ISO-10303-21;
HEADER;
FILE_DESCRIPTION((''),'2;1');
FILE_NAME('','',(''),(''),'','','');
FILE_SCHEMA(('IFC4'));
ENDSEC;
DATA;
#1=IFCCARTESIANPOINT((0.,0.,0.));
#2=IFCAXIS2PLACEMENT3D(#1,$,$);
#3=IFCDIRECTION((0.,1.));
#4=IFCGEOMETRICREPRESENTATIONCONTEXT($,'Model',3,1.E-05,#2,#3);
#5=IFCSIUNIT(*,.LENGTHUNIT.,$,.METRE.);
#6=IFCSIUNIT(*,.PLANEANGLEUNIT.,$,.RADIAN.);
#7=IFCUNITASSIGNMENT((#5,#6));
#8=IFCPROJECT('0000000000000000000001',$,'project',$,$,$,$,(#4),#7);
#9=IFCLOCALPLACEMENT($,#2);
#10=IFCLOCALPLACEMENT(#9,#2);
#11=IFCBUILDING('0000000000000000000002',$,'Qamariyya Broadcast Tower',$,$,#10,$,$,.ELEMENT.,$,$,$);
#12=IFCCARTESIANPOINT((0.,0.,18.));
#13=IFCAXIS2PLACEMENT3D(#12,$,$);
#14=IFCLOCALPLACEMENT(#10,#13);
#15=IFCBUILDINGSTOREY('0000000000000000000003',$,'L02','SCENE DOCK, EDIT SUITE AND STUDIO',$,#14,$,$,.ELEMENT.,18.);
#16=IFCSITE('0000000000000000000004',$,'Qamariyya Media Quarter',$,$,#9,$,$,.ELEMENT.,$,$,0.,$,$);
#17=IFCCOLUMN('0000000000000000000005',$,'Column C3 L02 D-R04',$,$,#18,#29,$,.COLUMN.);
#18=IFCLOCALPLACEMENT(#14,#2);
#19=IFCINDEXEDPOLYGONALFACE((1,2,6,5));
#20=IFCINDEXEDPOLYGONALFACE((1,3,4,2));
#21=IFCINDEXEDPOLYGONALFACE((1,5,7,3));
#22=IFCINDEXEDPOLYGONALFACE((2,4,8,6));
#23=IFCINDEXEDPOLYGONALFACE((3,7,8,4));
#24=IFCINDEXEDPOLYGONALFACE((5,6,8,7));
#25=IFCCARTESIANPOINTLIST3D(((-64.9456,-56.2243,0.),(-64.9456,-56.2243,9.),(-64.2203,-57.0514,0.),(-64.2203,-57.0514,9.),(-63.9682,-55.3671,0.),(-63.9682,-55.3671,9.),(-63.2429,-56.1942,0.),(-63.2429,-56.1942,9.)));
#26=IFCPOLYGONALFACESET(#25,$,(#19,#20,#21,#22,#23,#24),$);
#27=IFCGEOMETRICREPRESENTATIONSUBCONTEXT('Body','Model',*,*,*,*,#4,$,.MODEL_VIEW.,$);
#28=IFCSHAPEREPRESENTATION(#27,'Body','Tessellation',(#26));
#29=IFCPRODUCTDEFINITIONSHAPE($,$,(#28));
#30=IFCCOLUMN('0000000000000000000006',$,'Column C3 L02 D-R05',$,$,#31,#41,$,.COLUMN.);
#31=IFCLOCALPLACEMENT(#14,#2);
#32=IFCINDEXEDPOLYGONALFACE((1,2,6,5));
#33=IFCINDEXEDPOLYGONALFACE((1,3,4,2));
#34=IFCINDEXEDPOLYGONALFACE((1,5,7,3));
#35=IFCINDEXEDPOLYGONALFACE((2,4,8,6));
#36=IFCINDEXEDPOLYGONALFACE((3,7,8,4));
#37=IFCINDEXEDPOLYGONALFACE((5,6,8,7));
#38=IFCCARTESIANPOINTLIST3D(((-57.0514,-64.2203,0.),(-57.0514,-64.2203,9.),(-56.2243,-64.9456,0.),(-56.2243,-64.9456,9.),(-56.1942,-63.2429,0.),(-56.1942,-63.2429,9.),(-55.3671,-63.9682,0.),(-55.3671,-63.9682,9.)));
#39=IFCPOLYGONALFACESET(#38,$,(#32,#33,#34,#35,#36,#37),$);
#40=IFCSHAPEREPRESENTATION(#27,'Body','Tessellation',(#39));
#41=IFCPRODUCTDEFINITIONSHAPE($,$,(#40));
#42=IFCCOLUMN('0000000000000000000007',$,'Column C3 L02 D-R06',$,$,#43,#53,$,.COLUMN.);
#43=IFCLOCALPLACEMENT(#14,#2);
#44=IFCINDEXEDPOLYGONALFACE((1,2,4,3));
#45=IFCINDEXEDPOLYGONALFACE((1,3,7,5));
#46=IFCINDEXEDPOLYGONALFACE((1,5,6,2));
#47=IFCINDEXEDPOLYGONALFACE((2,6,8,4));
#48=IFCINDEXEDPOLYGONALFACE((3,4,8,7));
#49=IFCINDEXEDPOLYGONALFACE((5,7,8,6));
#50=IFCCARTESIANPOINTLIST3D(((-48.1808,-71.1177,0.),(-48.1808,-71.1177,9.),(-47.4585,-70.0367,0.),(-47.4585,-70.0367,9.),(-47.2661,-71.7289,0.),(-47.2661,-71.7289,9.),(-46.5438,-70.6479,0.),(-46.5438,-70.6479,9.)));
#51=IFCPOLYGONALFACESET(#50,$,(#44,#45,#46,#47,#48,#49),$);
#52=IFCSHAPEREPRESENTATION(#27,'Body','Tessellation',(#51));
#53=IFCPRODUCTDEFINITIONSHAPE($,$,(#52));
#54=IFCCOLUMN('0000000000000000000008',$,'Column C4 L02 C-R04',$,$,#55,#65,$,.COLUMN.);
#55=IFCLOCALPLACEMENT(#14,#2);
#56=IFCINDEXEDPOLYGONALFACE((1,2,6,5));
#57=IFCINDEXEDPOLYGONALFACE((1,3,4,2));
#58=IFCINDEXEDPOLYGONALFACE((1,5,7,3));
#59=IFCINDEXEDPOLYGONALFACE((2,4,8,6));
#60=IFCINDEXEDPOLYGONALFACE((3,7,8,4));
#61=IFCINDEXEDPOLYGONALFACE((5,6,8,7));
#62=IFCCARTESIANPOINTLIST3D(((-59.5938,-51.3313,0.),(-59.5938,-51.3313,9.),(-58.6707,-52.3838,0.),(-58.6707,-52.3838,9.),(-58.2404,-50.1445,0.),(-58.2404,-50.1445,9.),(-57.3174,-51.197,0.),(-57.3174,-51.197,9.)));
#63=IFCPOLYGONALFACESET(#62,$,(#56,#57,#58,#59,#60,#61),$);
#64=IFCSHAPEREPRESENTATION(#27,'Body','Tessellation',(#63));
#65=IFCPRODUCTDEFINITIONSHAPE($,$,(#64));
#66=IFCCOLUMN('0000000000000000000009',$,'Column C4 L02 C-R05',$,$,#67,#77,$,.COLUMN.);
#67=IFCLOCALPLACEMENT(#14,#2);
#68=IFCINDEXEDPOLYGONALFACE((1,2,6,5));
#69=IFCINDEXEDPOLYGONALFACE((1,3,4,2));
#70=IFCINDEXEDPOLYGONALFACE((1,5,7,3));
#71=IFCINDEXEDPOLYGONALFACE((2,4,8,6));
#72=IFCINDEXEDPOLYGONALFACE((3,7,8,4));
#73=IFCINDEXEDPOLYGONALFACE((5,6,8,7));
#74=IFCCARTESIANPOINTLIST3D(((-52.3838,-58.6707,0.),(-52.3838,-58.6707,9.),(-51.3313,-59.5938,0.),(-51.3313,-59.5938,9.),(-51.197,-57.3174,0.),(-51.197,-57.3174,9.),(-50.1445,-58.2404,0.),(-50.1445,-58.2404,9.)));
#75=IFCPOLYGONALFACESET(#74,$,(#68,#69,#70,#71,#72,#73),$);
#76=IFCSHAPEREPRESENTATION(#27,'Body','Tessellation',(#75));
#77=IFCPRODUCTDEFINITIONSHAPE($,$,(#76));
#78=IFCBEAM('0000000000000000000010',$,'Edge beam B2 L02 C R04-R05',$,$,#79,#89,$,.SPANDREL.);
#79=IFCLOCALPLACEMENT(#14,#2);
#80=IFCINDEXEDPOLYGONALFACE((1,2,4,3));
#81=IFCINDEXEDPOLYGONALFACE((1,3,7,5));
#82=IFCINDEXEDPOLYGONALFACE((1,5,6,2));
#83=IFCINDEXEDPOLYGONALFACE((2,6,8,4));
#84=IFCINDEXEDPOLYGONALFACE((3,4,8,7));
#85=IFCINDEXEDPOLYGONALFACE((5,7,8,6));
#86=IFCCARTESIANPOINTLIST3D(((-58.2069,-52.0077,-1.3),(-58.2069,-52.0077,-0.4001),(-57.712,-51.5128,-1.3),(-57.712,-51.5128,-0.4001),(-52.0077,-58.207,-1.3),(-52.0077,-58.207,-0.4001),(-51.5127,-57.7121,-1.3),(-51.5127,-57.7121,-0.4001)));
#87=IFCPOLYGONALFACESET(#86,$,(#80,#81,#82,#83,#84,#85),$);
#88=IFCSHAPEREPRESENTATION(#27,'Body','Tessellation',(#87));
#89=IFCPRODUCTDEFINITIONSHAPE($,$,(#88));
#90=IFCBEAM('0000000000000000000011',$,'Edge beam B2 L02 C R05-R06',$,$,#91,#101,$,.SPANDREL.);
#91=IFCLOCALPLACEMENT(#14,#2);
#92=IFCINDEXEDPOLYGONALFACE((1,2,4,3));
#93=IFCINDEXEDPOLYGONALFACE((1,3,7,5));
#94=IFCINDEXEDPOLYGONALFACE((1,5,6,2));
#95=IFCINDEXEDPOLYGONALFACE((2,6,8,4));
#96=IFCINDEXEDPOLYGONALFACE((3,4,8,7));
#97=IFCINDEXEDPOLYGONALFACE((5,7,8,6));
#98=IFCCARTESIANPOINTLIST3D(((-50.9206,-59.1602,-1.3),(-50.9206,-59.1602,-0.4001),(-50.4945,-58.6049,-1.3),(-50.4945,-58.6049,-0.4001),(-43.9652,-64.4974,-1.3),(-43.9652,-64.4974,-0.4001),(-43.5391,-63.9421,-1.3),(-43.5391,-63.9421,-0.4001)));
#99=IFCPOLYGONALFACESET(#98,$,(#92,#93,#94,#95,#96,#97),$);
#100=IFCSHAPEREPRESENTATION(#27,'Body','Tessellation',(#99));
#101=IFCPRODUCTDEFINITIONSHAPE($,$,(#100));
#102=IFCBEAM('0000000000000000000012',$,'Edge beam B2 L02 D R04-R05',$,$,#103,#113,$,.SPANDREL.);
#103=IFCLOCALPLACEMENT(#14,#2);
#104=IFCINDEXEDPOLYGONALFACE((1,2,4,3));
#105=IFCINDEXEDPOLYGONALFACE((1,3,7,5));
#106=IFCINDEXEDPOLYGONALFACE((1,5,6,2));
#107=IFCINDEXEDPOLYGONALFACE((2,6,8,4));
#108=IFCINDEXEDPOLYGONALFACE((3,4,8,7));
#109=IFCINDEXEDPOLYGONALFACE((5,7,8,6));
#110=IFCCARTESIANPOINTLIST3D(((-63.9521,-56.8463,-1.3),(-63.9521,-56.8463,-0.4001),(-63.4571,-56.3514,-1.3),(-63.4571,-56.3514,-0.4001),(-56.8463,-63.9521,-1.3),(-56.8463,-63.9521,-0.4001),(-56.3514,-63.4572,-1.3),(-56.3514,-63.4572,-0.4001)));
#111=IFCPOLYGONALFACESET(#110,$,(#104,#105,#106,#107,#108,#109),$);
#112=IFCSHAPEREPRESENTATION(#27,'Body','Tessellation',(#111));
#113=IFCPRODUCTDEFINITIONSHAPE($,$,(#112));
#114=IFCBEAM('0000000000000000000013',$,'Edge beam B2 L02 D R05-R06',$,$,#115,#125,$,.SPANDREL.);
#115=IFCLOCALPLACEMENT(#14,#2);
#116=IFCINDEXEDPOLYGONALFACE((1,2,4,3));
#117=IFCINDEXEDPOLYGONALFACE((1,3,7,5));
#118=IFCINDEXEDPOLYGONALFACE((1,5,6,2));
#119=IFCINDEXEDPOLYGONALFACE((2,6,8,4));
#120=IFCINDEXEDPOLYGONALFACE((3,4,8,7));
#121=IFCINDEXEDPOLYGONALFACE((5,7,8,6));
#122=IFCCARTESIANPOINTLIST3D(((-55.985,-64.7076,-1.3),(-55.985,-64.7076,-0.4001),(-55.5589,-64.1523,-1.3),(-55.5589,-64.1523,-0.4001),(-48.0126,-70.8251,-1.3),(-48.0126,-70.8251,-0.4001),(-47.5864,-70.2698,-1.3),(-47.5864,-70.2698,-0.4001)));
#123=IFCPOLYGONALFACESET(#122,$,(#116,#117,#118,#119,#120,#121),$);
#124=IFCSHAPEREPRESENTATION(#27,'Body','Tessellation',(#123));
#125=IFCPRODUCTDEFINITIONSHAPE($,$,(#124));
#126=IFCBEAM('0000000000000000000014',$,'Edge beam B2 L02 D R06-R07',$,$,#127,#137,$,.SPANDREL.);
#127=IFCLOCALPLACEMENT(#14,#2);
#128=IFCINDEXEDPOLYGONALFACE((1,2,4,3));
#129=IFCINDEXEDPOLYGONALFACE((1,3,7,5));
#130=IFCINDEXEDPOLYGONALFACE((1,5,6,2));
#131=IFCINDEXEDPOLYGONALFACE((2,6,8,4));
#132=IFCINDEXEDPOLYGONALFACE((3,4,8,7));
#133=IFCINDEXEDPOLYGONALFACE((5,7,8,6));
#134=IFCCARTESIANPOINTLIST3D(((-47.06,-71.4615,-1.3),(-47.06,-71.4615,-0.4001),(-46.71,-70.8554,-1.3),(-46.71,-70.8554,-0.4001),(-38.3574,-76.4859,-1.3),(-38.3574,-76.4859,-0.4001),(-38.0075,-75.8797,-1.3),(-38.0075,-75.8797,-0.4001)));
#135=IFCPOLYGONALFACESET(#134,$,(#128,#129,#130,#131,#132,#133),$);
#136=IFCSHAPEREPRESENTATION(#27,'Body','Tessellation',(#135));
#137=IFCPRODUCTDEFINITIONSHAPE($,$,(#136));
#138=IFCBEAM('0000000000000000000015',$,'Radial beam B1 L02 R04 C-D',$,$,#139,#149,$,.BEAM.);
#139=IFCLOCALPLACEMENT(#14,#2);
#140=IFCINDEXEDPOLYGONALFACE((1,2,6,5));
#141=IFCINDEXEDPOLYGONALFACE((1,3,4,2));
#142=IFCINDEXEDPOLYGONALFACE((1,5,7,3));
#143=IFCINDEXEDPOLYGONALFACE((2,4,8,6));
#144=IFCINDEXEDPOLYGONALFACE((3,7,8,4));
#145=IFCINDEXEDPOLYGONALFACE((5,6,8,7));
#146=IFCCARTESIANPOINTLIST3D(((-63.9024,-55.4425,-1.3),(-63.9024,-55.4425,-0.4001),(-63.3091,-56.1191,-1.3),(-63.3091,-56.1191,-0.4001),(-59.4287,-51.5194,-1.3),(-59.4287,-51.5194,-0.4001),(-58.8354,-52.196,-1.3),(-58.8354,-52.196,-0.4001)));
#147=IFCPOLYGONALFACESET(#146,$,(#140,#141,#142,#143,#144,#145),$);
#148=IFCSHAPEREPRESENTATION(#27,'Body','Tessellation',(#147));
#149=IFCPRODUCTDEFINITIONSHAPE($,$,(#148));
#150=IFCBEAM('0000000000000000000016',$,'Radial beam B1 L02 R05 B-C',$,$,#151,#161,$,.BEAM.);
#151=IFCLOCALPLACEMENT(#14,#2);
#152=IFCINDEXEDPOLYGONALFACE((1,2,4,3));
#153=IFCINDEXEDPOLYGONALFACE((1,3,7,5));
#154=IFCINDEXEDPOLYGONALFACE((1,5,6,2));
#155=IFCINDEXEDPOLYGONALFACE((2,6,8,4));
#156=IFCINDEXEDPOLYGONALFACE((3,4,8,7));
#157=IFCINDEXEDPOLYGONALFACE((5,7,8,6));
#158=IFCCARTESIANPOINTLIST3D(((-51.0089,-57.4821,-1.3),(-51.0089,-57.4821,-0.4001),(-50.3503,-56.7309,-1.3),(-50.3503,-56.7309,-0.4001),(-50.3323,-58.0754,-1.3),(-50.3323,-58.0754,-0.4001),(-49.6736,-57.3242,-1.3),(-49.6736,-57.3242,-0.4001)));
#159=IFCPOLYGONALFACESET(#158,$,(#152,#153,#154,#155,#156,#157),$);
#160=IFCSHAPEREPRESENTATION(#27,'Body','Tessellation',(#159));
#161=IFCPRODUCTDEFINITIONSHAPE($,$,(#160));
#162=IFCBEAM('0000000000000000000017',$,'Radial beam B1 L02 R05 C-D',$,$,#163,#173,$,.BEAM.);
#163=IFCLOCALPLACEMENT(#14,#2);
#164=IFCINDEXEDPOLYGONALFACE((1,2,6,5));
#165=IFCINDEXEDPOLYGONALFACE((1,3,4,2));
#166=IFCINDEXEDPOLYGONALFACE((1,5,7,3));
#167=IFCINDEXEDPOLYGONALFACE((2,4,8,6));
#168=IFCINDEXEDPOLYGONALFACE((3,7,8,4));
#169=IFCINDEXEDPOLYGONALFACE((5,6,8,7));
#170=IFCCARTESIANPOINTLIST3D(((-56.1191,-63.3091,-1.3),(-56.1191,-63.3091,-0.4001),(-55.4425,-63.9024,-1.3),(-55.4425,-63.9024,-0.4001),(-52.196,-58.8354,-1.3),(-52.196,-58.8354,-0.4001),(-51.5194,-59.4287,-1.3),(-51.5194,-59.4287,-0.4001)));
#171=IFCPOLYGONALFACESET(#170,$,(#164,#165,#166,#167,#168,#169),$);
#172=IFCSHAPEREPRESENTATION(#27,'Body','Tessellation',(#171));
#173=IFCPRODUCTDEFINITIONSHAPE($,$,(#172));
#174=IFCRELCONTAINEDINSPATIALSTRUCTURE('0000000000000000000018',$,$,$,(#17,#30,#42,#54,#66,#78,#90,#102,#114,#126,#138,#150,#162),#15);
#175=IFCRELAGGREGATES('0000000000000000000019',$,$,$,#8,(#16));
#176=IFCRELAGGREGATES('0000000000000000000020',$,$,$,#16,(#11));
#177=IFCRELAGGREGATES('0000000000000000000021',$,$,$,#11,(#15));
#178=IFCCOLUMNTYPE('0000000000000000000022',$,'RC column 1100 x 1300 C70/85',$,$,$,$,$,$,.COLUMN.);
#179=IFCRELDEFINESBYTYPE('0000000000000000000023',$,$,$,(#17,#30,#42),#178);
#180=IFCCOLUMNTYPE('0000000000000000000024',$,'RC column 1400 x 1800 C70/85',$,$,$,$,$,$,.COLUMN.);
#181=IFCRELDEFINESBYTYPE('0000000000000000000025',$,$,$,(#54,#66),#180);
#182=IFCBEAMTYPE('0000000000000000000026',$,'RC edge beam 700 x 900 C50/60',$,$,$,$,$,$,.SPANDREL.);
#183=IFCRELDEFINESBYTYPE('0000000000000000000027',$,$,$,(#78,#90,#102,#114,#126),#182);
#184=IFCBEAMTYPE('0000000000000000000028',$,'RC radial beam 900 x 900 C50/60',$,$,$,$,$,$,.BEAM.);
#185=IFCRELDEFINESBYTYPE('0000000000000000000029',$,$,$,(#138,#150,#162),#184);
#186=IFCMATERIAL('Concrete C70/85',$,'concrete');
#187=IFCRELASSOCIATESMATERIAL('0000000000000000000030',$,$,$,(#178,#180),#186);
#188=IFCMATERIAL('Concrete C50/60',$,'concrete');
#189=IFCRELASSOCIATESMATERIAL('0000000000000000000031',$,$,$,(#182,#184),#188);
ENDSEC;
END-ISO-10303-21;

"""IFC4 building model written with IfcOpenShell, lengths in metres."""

from ifc_helpers import new_model, si_unit, direction, frame, origin, origin_2d, place, context, subcontext, project, spatial, rectangle, extrude, material, material_profile, profile_set, type_object, element, save


model = new_model("IFC4")

# Units and contexts
model_context = context("Model", 3, precision=1e-05, world=origin(), true_north=direction((0.0, 1.0)))
body_context = subcontext(model_context, "Body", "Model", "MODEL_VIEW")
ifc_project = project(units=[si_unit("LENGTHUNIT", "METRE"), si_unit("PLANEANGLEUNIT", "RADIAN")], contexts=[model_context])

# Site, building, storey
site_placement = place(None, origin())
site = spatial("IfcSite", under=ifc_project, at=site_placement, Name="Qamariyya Media Quarter", CompositionType="ELEMENT", RefElevation=0.0)
building_placement = place(site_placement, origin())
building = spatial("IfcBuilding", under=site, at=building_placement, Name="Qamariyya Broadcast Tower", CompositionType="ELEMENT")
storey_placement = place(building_placement, frame((0.0, 0.0, 18.0)))
storey = spatial("IfcBuildingStorey", under=building, at=storey_placement, Name="L02", Description="SCENE DOCK, EDIT SUITE AND STUDIO", CompositionType="ELEMENT", Elevation=18.0)

# Columns
ifc_material_1 = material(Name="Concrete C70/85", Category="concrete")
ifc_material_profile_1 = material_profile(ifc_material_1, rectangle(XDim=1.1001, YDim=1.3, at=origin_2d()))
ifc_profile_set_1 = profile_set([ifc_material_profile_1], Name="Concrete C70/85")
column_type_1 = type_object("IfcColumnType", Name="RC column 1100 x 1300 C70/85", PredefinedType="COLUMN", material=ifc_profile_set_1)
for number, where, z_axis, x_axis, name in (
    (1, (-64.0942, -56.2092, 0.0), (0.0, 0.0, 1.0), (0.659346, -0.75184, 0.0), "Column C3 L02 D-R04"),
    (2, (-56.2092, -64.0942, 0.0), (0.0, 0.0, 1.0), (0.75184, -0.659346, 0.0), "Column C3 L02 D-R05"),
    (3, (-47.3623, -70.8828, 0.0), (0.0, 0.0, 1.0), (0.83147, -0.55557, 0.0), "Column C3 L02 D-R06"),
):
    element("IfcColumn", number, at=place(storey_placement, frame(where, z_axis=z_axis, x_axis=x_axis)), inside=storey, type_object=column_type_1, Name=name, PredefinedType="COLUMN", context=body_context, shape_type="SweptSolid", body=[
        extrude(rectangle(XDim=1.1001, YDim=1.3, at=origin_2d()), origin(), (0.0, 0.0, 1.0), 9.0),
    ])
ifc_material_profile_2 = material_profile(ifc_material_1, rectangle(XDim=1.3999, YDim=1.8, at=origin_2d()))
ifc_profile_set_2 = profile_set([ifc_material_profile_2], Name="Concrete C70/85")
column_type_2 = type_object("IfcColumnType", Name="RC column 1400 x 1800 C70/85", PredefinedType="COLUMN", material=ifc_profile_set_2)
for number, where, z_axis, x_axis, name in (
    (4, (-58.4556, -51.2642, 0.0), (0.0, 0.0, 1.0), (0.659346, -0.75184, 0.0), "Column C4 L02 C-R04"),
    (5, (-51.2642, -58.4556, 0.0), (0.0, 0.0, 1.0), (0.75184, -0.659346, 0.0), "Column C4 L02 C-R05"),
):
    element("IfcColumn", number, at=place(storey_placement, frame(where, z_axis=z_axis, x_axis=x_axis)), inside=storey, type_object=column_type_2, Name=name, PredefinedType="COLUMN", context=body_context, shape_type="SweptSolid", body=[
        extrude(rectangle(XDim=1.3999, YDim=1.8, at=origin_2d()), origin(), (0.0, 0.0, 1.0), 9.0),
    ])

# Beams
ifc_material_2 = material(Name="Concrete C50/60", Category="concrete")
ifc_material_profile_3 = material_profile(ifc_material_2, rectangle(XDim=0.7, YDim=0.8999, at=origin_2d()))
ifc_profile_set_3 = profile_set([ifc_material_profile_3], Name="Concrete C50/60")
beam_type_1 = type_object("IfcBeamType", Name="RC edge beam 700 x 900 C50/60", PredefinedType="SPANDREL", material=ifc_profile_set_3)
for number, where, z_axis, x_axis, name in (
    (6, (-57.9595, -51.7603, -0.8501), (0.707107, -0.707107, 0.0), (0.707107, 0.707107, 0.0), "Edge beam B2 L02 C R04-R05"),
    (7, (-50.7075, -58.8826, -0.8501), (0.793345, -0.608772, 0.0), (0.608772, 0.793345, 0.0), "Edge beam B2 L02 C R05-R06"),
):
    element("IfcBeam", number, at=place(storey_placement, frame(where, z_axis=z_axis, x_axis=x_axis)), inside=storey, type_object=beam_type_1, Name=name, PredefinedType="SPANDREL", context=body_context, shape_type="SweptSolid", body=[
        extrude(rectangle(XDim=0.7, YDim=0.8999, at=origin_2d()), origin(), (0.0, 0.0, 1.0), 8.7671),
    ])
for number, where, z_axis, x_axis, name in (
    (8, (-63.7046, -56.5989, -0.8501), (0.707107, -0.707107, 0.0), (0.707107, 0.707107, 0.0), "Edge beam B2 L02 D R04-R05"),
    (9, (-55.772, -64.4299, -0.8501), (0.793354, -0.60876, 0.0), (0.60876, 0.793354, 0.0), "Edge beam B2 L02 D R05-R06"),
):
    element("IfcBeam", number, at=place(storey_placement, frame(where, z_axis=z_axis, x_axis=x_axis)), inside=storey, type_object=beam_type_1, Name=name, PredefinedType="SPANDREL", context=body_context, shape_type="SweptSolid", body=[
        extrude(rectangle(XDim=0.7, YDim=0.8999, at=origin_2d()), origin(), (0.0, 0.0, 1.0), 10.0491),
    ])
beam_1_placement = place(storey_placement, frame((-46.885, -71.1584, -0.8501), z_axis=(0.866028, -0.499996, 0.0), x_axis=(0.499996, 0.866028, 0.0)))
element("IfcBeam", 10, at=beam_1_placement, inside=storey, type_object=beam_type_1, Name="Edge beam B2 L02 D R06-R07", PredefinedType="SPANDREL", context=body_context, shape_type="SweptSolid", body=[
    extrude(rectangle(XDim=0.7, YDim=0.8999, at=origin_2d()), origin(), (0.0, 0.0, 1.0), 10.0488),
])
ifc_material_profile_4 = material_profile(ifc_material_2, rectangle(XDim=0.8999, YDim=0.8999, at=origin_2d()))
ifc_profile_set_4 = profile_set([ifc_material_profile_4], Name="Concrete C50/60")
beam_type_2 = type_object("IfcBeamType", Name="RC radial beam 900 x 900 C50/60", PredefinedType="BEAM", material=ifc_profile_set_4)
beam_2_placement = place(storey_placement, frame((-59.1321, -51.8577, -0.8501), z_axis=(-0.751854, -0.659329, 0.0), x_axis=(0.659329, -0.751854, 0.0)))
element("IfcBeam", 11, at=beam_2_placement, inside=storey, type_object=beam_type_2, Name="Radial beam B1 L02 R04 C-D", PredefinedType="BEAM", context=body_context, shape_type="SweptSolid", body=[
    extrude(rectangle(XDim=0.8999, YDim=0.8999, at=origin_2d()), origin(), (0.0, 0.0, 1.0), 5.9502),
])
beam_3_placement = place(storey_placement, frame((-50.012, -57.0276, -0.8501), z_axis=(-0.659283, -0.751895, 0.0), x_axis=(0.751895, -0.659283, 0.0)))
element("IfcBeam", 12, at=beam_3_placement, inside=storey, type_object=beam_type_2, Name="Radial beam B1 L02 R05 B-C", PredefinedType="BEAM", context=body_context, shape_type="SweptSolid", body=[
    extrude(rectangle(XDim=0.8999, YDim=0.8999, at=origin_2d()), origin(), (0.0, 0.0, 1.0), 0.999),
])
beam_4_placement = place(storey_placement, frame((-51.8577, -59.1321, -0.8501), z_axis=(-0.659329, -0.751854, 0.0), x_axis=(0.751854, -0.659329, 0.0)))
element("IfcBeam", 13, at=beam_4_placement, inside=storey, type_object=beam_type_2, Name="Radial beam B1 L02 R05 C-D", PredefinedType="BEAM", context=body_context, shape_type="SweptSolid", body=[
    extrude(rectangle(XDim=0.8999, YDim=0.8999, at=origin_2d()), origin(), (0.0, 0.0, 1.0), 5.9502),
])

save(model, "model.ifc")
